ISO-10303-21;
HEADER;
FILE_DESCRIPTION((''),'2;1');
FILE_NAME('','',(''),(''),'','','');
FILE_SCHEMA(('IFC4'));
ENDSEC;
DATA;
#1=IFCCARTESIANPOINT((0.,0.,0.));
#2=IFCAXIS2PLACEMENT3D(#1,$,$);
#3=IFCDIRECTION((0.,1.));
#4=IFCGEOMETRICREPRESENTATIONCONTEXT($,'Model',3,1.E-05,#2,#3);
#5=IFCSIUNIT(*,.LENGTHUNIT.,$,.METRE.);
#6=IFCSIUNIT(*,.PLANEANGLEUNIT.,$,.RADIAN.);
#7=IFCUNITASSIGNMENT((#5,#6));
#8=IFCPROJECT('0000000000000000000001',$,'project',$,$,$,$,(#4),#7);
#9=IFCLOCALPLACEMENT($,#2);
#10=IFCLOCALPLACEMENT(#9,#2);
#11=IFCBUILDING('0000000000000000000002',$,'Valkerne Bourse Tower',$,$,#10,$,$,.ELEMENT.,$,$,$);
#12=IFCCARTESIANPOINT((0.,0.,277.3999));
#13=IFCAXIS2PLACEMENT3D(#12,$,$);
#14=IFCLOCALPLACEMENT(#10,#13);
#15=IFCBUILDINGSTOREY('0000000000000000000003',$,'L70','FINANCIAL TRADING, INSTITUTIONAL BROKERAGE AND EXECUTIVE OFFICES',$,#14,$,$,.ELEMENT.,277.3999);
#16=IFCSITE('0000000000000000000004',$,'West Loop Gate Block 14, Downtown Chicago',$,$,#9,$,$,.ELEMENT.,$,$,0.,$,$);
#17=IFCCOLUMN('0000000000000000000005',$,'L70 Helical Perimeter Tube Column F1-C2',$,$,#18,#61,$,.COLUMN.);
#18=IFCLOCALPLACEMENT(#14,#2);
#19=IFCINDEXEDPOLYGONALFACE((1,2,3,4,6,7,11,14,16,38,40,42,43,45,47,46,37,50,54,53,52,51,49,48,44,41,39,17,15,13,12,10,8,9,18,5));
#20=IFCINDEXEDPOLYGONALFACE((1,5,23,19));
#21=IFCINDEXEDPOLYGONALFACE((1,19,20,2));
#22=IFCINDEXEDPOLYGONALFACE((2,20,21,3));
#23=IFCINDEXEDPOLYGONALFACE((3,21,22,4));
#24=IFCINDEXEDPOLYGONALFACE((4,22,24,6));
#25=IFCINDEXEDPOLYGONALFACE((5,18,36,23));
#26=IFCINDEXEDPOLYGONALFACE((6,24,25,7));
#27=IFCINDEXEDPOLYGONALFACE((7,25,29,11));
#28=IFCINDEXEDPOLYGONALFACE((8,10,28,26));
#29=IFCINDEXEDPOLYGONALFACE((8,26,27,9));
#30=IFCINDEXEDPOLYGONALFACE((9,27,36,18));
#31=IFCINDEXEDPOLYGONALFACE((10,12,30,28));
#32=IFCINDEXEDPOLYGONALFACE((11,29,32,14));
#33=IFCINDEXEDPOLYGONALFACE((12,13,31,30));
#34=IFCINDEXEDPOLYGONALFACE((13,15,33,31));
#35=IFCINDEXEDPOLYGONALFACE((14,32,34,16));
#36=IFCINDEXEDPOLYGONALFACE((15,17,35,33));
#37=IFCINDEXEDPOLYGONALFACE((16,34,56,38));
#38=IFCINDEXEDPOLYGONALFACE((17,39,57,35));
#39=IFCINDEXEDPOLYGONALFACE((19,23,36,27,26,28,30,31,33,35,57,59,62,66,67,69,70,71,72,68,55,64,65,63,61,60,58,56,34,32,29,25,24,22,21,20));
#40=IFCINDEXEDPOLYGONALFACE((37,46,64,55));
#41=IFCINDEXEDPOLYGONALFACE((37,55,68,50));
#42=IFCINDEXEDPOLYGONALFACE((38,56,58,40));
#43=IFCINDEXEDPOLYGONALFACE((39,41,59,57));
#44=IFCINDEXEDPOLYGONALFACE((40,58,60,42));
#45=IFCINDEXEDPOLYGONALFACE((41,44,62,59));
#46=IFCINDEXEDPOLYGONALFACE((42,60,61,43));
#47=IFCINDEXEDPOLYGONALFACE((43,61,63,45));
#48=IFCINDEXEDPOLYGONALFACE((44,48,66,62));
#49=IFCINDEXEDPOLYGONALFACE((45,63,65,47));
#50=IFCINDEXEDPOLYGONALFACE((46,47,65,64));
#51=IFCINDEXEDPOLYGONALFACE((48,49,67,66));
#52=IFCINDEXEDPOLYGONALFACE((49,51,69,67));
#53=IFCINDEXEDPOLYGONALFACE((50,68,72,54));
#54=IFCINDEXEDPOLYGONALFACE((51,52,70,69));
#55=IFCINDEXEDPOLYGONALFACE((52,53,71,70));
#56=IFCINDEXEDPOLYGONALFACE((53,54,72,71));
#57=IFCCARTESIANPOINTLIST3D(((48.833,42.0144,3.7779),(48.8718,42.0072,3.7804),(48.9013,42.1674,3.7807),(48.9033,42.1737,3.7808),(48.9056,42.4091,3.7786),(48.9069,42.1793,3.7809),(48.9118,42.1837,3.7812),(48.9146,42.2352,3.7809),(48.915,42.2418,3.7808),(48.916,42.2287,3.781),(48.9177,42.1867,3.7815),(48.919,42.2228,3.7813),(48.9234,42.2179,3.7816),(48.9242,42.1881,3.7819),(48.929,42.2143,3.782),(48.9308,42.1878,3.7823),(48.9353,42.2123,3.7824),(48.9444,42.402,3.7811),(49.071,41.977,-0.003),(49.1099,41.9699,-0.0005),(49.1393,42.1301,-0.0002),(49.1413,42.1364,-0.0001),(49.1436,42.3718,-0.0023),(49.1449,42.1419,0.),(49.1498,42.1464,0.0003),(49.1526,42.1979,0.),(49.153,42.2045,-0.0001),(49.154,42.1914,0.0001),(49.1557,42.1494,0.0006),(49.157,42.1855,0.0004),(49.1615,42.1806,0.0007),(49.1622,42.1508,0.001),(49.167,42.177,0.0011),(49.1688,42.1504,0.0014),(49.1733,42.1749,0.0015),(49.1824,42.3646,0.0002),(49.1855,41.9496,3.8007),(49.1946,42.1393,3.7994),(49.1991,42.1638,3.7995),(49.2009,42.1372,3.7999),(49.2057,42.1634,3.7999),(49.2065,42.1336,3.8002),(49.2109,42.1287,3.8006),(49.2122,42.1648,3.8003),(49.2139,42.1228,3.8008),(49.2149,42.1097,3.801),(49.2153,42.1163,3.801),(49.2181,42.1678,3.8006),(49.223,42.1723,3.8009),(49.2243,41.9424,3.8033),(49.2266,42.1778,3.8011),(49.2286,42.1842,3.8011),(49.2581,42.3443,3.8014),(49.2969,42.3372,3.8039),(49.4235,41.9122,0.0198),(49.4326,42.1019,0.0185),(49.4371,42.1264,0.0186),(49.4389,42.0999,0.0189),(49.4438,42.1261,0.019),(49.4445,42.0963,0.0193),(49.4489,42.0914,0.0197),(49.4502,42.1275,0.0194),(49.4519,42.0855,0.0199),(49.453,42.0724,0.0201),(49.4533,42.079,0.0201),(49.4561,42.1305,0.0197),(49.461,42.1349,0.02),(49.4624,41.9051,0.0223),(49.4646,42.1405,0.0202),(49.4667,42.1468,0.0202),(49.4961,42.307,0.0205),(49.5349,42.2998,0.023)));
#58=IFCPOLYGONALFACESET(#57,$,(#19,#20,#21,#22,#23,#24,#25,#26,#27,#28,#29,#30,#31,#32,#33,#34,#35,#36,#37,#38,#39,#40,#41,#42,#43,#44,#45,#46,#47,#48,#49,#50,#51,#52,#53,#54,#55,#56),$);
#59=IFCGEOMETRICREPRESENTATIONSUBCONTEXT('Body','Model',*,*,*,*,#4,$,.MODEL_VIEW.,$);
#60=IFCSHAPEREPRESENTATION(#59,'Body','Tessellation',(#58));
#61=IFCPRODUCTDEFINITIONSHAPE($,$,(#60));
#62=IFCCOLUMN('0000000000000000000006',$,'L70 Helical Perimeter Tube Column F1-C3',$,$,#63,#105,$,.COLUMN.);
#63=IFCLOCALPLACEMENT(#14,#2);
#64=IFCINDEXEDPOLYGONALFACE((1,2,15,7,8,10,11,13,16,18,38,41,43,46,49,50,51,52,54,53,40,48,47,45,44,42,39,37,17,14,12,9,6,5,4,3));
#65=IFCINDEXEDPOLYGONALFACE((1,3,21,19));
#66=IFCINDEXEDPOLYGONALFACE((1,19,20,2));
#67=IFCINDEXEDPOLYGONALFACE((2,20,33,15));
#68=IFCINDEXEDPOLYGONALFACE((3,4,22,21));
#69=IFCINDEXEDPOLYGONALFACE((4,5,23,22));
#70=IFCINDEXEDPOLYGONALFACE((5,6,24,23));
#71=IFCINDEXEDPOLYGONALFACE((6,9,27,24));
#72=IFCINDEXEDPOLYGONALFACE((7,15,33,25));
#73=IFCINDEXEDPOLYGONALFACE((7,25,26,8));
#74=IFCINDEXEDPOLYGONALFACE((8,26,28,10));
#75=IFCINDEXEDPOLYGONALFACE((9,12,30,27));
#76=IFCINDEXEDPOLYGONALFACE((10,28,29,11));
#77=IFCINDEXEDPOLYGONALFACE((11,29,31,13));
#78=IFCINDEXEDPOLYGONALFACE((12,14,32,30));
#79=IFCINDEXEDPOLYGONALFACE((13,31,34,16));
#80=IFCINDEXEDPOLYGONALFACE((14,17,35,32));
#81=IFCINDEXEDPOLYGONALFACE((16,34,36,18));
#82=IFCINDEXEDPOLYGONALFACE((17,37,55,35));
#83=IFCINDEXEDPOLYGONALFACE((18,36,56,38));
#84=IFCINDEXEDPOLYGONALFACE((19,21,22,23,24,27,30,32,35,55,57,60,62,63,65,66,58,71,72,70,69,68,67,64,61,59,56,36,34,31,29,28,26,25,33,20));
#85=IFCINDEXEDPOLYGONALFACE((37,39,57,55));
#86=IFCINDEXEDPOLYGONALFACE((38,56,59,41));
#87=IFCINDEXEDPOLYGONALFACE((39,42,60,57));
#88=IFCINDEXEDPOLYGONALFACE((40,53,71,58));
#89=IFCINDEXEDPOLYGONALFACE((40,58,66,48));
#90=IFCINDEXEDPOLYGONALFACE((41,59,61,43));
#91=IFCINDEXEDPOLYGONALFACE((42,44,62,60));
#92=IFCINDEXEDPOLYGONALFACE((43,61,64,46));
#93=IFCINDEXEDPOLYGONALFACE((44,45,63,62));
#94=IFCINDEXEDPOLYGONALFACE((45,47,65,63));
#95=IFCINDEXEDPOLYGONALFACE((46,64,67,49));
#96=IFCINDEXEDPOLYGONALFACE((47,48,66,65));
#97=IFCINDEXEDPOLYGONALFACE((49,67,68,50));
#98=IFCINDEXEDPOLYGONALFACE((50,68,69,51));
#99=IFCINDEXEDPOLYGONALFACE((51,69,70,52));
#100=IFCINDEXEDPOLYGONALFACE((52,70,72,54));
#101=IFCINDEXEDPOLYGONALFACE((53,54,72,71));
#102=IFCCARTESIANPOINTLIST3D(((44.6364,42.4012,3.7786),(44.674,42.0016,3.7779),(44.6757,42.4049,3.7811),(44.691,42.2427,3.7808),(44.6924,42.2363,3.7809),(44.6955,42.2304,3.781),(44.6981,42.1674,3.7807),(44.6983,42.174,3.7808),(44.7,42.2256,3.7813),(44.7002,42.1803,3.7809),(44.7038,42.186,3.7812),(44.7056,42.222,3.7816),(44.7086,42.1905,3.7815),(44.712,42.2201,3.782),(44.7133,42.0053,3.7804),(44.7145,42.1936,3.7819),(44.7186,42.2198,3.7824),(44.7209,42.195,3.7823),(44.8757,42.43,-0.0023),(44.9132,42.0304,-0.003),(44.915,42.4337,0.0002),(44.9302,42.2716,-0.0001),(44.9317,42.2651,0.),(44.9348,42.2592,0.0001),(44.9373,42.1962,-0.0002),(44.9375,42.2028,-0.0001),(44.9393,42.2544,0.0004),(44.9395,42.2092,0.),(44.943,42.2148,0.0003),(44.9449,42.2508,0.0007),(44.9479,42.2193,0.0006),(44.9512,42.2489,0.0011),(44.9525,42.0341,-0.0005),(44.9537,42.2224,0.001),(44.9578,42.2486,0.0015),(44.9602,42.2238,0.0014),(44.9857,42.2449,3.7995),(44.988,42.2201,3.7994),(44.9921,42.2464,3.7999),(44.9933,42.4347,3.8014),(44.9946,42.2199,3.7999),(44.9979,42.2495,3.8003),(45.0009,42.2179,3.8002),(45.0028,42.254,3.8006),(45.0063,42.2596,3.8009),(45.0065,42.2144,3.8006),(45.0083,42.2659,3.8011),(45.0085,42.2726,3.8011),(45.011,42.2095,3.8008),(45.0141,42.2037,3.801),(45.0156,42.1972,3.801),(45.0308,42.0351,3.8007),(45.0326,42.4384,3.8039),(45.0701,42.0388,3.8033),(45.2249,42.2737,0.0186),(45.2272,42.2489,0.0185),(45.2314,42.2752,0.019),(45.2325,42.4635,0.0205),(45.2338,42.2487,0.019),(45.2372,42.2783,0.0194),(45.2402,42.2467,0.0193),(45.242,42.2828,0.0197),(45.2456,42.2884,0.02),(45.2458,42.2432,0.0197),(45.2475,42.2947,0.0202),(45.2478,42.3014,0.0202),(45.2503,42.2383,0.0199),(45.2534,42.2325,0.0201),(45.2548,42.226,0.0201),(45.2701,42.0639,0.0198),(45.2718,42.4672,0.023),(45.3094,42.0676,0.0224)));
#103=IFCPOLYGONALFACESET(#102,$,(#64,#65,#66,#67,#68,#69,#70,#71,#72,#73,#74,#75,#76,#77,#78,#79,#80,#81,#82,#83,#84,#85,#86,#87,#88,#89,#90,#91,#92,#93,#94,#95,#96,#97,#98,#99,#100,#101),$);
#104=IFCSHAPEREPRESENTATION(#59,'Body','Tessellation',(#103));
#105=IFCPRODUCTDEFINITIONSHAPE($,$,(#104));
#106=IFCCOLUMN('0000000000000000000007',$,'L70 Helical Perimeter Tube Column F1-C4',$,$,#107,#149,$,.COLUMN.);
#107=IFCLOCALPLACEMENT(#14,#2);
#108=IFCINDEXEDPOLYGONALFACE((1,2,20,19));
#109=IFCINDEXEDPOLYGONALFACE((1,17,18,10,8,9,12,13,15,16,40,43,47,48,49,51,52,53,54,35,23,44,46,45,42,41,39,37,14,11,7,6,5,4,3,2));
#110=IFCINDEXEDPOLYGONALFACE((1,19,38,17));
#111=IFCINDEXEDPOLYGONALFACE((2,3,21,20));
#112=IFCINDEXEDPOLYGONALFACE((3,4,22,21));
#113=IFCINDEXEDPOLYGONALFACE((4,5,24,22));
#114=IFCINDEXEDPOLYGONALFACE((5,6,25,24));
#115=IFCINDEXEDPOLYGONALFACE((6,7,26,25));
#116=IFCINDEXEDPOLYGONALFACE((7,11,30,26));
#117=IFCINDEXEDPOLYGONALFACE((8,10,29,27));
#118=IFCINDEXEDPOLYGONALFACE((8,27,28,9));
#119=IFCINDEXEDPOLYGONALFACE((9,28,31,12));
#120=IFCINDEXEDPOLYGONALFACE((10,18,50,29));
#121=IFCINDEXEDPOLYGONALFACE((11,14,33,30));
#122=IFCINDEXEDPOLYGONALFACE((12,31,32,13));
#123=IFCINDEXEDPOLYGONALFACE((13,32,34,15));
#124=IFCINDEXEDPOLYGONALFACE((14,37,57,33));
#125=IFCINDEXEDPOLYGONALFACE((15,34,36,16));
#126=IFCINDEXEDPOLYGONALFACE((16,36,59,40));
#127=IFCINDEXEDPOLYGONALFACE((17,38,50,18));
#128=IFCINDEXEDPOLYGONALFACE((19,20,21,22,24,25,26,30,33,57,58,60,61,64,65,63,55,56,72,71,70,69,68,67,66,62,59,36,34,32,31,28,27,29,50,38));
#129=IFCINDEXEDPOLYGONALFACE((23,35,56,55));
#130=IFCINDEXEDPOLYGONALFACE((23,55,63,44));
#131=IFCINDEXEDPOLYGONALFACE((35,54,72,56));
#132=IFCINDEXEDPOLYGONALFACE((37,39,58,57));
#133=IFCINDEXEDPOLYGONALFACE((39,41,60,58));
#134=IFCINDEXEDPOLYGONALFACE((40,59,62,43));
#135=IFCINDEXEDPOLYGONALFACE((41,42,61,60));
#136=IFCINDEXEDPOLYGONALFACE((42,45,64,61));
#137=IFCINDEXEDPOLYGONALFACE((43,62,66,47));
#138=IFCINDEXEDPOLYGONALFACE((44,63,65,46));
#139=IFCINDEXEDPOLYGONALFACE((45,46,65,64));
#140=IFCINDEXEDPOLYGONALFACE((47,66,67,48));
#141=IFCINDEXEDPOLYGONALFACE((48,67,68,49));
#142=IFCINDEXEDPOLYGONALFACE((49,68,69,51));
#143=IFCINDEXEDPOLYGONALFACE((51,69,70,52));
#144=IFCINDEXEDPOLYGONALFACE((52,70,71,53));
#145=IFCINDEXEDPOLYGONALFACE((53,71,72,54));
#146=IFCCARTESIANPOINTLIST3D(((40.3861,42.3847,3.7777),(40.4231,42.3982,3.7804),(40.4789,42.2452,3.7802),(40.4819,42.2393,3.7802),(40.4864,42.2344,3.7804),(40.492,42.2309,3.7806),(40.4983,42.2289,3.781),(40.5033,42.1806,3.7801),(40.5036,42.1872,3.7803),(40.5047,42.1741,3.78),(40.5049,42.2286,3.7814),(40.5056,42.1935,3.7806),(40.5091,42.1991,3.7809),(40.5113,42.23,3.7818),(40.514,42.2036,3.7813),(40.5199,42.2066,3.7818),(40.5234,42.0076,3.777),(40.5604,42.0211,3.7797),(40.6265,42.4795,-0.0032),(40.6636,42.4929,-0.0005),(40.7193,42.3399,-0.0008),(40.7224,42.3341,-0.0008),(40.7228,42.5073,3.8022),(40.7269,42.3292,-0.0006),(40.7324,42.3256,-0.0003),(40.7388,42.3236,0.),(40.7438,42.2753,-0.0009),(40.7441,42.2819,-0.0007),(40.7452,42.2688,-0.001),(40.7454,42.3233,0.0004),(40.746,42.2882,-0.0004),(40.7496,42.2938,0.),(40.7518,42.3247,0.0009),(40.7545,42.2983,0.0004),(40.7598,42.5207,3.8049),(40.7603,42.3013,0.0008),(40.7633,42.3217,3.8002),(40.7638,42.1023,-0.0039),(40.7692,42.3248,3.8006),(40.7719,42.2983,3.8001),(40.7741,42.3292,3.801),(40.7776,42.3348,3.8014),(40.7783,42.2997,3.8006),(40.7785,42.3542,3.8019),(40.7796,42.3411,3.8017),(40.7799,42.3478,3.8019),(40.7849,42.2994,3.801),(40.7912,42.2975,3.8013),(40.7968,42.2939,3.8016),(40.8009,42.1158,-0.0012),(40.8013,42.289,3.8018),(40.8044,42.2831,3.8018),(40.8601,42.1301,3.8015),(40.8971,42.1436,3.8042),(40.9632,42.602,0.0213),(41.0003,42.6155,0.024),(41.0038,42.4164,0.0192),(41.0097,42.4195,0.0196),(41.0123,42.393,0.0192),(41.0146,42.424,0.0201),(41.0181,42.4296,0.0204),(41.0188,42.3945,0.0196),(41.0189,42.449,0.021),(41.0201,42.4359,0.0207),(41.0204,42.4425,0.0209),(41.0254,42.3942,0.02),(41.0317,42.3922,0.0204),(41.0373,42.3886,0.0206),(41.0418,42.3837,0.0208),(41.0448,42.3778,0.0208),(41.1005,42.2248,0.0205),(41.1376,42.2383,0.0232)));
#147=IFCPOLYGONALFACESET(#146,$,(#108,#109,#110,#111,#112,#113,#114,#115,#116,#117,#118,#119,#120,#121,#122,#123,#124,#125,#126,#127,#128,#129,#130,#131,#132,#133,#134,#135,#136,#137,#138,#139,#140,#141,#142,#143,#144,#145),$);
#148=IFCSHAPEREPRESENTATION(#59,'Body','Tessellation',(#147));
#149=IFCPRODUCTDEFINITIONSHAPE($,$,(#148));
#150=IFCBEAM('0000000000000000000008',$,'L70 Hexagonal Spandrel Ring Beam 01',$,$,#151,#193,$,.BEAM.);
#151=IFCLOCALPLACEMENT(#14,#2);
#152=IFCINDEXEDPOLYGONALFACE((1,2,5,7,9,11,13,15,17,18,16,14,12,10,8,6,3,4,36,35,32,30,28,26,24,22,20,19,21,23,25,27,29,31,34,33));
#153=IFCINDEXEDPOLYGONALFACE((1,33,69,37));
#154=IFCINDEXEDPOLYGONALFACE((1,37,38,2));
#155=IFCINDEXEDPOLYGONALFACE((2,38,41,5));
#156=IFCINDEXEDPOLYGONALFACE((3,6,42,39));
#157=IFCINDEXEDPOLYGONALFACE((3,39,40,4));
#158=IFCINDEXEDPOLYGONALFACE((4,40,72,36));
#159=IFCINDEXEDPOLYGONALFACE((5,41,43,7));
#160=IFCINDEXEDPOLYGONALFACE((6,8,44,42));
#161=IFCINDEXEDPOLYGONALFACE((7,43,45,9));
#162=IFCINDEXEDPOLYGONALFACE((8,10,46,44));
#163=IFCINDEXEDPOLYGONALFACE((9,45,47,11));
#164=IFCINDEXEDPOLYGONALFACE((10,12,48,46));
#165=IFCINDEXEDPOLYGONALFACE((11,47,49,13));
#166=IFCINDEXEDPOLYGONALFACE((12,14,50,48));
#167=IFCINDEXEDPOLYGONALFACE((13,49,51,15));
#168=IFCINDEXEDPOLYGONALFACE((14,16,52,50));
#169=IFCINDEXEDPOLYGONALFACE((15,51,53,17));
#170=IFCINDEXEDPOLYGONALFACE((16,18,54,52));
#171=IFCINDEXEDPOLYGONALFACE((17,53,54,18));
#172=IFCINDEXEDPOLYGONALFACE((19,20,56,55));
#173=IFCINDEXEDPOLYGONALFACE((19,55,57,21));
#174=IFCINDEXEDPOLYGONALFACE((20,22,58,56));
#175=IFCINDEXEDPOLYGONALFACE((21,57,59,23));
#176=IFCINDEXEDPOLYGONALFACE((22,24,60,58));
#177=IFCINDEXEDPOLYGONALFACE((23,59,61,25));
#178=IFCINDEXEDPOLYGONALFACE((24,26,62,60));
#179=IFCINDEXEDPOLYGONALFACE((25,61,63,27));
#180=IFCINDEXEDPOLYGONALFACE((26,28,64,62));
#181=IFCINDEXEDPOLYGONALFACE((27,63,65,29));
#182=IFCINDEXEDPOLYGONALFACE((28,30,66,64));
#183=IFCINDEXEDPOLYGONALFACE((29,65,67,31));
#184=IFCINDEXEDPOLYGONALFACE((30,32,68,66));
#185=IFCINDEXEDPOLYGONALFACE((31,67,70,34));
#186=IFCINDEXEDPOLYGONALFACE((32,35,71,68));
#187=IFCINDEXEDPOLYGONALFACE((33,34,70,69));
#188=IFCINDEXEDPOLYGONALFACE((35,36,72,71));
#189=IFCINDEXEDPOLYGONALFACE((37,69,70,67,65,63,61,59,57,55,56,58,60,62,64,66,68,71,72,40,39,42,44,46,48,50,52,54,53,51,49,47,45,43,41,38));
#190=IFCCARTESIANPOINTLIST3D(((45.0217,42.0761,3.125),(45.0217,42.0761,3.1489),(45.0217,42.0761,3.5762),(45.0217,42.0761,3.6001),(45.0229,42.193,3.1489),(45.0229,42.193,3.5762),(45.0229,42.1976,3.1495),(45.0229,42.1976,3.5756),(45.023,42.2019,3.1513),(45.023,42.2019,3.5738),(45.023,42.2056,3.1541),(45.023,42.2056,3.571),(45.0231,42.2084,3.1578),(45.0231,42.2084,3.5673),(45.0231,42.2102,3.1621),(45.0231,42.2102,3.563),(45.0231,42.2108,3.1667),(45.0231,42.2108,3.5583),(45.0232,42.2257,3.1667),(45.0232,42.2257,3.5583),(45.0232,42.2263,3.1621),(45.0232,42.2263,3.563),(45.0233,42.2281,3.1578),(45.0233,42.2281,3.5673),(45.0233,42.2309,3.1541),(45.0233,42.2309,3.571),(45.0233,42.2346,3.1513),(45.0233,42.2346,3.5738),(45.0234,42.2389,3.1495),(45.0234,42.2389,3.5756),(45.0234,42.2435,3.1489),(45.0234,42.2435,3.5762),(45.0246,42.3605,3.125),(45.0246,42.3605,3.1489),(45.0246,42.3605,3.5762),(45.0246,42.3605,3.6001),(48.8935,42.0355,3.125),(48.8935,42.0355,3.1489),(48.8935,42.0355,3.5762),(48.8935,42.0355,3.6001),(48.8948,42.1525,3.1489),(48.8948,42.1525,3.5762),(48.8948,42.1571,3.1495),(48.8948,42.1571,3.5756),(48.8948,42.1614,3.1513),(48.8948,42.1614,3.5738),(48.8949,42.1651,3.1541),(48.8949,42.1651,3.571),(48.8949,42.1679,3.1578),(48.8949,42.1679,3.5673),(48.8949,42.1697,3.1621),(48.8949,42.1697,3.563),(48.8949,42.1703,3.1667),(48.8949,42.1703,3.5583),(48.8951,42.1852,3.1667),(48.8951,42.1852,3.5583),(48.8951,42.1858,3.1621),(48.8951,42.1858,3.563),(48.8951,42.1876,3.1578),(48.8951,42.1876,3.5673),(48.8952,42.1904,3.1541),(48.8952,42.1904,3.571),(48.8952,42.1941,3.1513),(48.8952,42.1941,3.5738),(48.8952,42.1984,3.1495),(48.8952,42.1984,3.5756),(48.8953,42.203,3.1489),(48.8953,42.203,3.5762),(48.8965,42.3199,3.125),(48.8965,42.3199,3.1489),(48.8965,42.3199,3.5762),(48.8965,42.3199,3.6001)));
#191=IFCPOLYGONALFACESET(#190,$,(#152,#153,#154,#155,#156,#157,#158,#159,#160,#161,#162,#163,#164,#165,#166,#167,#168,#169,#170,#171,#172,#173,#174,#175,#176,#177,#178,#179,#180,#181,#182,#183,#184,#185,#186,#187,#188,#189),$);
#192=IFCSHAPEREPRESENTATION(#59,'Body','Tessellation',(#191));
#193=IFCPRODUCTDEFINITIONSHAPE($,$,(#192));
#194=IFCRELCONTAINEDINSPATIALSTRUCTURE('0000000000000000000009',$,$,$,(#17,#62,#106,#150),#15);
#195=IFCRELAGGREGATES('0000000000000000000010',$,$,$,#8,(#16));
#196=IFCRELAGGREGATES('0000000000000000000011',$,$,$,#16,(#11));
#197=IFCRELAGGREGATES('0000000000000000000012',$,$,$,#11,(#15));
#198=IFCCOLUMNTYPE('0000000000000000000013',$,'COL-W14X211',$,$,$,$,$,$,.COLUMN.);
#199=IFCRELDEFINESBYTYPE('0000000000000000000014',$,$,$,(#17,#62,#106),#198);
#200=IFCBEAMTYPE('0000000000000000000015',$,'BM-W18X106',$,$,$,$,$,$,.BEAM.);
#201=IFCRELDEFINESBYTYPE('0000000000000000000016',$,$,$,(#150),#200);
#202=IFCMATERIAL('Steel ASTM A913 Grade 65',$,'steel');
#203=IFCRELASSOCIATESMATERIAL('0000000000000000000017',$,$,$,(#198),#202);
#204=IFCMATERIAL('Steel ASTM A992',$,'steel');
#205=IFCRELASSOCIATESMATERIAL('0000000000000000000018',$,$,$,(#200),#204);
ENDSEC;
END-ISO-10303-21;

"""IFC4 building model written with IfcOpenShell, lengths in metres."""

from ifc_helpers import new_model, si_unit, direction, frame, origin, origin_2d, place, context, subcontext, project, spatial, i_section, extrude, material, material_profile, profile_set, type_object, element, save


model = new_model("IFC4")

# Units and contexts
model_context = context("Model", 3, precision=1e-05, world=origin(), true_north=direction((0.0, 1.0)))
body_context = subcontext(model_context, "Body", "Model", "MODEL_VIEW")
ifc_project = project(units=[si_unit("LENGTHUNIT", "METRE"), si_unit("PLANEANGLEUNIT", "RADIAN")], contexts=[model_context])

# Site, building, storey
site_placement = place(None, origin())
site = spatial("IfcSite", under=ifc_project, at=site_placement, Name="West Loop Gate Block 14, Downtown Chicago", CompositionType="ELEMENT", RefElevation=0.0)
building_placement = place(site_placement, origin())
building = spatial("IfcBuilding", under=site, at=building_placement, Name="Valkerne Bourse Tower", CompositionType="ELEMENT")
storey_placement = place(building_placement, frame((0.0, 0.0, 277.3999)))
storey = spatial("IfcBuildingStorey", under=building, at=storey_placement, Name="L70", Description="FINANCIAL TRADING, INSTITUTIONAL BROKERAGE AND EXECUTIVE OFFICES", CompositionType="ELEMENT", Elevation=277.3999)

# Columns
ifc_material_1 = material(Name="Steel ASTM A913 Grade 65", Category="steel")
ifc_material_profile_1 = material_profile(ifc_material_1, i_section(OverallWidth=0.4014, OverallDepth=0.3987, WebThickness=0.0249, FlangeThickness=0.0396, FilletRadius=0.0254, at=origin_2d()), Name="W14X211")
ifc_profile_set_1 = profile_set([ifc_material_profile_1], Name="Steel ASTM A913 Grade 65")
column_type = type_object("IfcColumnType", Name="COL-W14X211", PredefinedType="COLUMN", material=ifc_profile_set_1)
for number, where, z_axis, x_axis, name in (
    (1, (49.303, 42.1384, 0.01), (-0.062829, 0.009859, 0.997976), (0.180781, 0.983522, 0.001665), "L70 Helical Perimeter Tube Column F1-C2"),
    (2, (45.0925, 42.2488, 0.01), (-0.063151, -0.007604, 0.997975), (-0.093567, 0.995612, 0.001665), "L70 Helical Perimeter Tube Column F1-C3"),
):
    element("IfcColumn", number, at=place(storey_placement, frame(where, z_axis=z_axis, x_axis=x_axis)), inside=storey, type_object=column_type, Name=name, PredefinedType="COLUMN", context=body_context, shape_type="SweptSolid", body=[
        extrude(i_section(OverallWidth=0.4014, OverallDepth=0.3987, WebThickness=0.0249, FlangeThickness=0.0396, FilletRadius=0.0254, at=origin_2d()), origin(), (0.0, 0.0, 1.0), 3.7886),
    ])
column_placement = place(storey_placement, frame((40.8821, 42.3589, 0.01), z_axis=(-0.063454, -0.024995, 0.997672), x_axis=(-0.342075, 0.939671, 0.001785)))
element("IfcColumn", 3, at=column_placement, inside=storey, type_object=column_type, Name="L70 Helical Perimeter Tube Column F1-C4", PredefinedType="COLUMN", context=body_context, shape_type="SweptSolid", body=[
    extrude(i_section(OverallWidth=0.4014, OverallDepth=0.3987, WebThickness=0.0249, FlangeThickness=0.0396, FilletRadius=0.0254, at=origin_2d()), origin(), (0.0, 0.0, 1.0), 3.7898),
])

# Beam
ifc_material_2 = material(Name="Steel ASTM A992", Category="steel")
ifc_material_profile_2 = material_profile(ifc_material_2, i_section(OverallWidth=0.2844, OverallDepth=0.4751, WebThickness=0.0149, FlangeThickness=0.0239, FilletRadius=0.0178, at=origin_2d()), Name="W18X106")
ifc_profile_set_2 = profile_set([ifc_material_profile_2], Name="Steel ASTM A992")
beam_type_1 = type_object("IfcBeamType", Name="BM-W18X106", PredefinedType="BEAM", material=ifc_profile_set_2)
for number, where, z_axis, x_axis, name in (
    (4, (48.895, 42.1777, 3.3625), (-0.999945, 0.010467, 0.0), (-0.010467, -0.999945, 0.0), "L70 Hexagonal Spandrel Ring Beam 01"),
):
    element("IfcBeam", number, at=place(storey_placement, frame(where, z_axis=z_axis, x_axis=x_axis)), inside=storey, type_object=beam_type_1, Name=name, PredefinedType="BEAM", context=body_context, shape_type="SweptSolid", body=[
        extrude(i_section(OverallWidth=0.2844, OverallDepth=0.4751, WebThickness=0.0149, FlangeThickness=0.0239, FilletRadius=0.0178, at=origin_2d()), origin(), (0.0, 0.0, 1.0), 3.8721),
    ])

save(model, "model.ifc")
